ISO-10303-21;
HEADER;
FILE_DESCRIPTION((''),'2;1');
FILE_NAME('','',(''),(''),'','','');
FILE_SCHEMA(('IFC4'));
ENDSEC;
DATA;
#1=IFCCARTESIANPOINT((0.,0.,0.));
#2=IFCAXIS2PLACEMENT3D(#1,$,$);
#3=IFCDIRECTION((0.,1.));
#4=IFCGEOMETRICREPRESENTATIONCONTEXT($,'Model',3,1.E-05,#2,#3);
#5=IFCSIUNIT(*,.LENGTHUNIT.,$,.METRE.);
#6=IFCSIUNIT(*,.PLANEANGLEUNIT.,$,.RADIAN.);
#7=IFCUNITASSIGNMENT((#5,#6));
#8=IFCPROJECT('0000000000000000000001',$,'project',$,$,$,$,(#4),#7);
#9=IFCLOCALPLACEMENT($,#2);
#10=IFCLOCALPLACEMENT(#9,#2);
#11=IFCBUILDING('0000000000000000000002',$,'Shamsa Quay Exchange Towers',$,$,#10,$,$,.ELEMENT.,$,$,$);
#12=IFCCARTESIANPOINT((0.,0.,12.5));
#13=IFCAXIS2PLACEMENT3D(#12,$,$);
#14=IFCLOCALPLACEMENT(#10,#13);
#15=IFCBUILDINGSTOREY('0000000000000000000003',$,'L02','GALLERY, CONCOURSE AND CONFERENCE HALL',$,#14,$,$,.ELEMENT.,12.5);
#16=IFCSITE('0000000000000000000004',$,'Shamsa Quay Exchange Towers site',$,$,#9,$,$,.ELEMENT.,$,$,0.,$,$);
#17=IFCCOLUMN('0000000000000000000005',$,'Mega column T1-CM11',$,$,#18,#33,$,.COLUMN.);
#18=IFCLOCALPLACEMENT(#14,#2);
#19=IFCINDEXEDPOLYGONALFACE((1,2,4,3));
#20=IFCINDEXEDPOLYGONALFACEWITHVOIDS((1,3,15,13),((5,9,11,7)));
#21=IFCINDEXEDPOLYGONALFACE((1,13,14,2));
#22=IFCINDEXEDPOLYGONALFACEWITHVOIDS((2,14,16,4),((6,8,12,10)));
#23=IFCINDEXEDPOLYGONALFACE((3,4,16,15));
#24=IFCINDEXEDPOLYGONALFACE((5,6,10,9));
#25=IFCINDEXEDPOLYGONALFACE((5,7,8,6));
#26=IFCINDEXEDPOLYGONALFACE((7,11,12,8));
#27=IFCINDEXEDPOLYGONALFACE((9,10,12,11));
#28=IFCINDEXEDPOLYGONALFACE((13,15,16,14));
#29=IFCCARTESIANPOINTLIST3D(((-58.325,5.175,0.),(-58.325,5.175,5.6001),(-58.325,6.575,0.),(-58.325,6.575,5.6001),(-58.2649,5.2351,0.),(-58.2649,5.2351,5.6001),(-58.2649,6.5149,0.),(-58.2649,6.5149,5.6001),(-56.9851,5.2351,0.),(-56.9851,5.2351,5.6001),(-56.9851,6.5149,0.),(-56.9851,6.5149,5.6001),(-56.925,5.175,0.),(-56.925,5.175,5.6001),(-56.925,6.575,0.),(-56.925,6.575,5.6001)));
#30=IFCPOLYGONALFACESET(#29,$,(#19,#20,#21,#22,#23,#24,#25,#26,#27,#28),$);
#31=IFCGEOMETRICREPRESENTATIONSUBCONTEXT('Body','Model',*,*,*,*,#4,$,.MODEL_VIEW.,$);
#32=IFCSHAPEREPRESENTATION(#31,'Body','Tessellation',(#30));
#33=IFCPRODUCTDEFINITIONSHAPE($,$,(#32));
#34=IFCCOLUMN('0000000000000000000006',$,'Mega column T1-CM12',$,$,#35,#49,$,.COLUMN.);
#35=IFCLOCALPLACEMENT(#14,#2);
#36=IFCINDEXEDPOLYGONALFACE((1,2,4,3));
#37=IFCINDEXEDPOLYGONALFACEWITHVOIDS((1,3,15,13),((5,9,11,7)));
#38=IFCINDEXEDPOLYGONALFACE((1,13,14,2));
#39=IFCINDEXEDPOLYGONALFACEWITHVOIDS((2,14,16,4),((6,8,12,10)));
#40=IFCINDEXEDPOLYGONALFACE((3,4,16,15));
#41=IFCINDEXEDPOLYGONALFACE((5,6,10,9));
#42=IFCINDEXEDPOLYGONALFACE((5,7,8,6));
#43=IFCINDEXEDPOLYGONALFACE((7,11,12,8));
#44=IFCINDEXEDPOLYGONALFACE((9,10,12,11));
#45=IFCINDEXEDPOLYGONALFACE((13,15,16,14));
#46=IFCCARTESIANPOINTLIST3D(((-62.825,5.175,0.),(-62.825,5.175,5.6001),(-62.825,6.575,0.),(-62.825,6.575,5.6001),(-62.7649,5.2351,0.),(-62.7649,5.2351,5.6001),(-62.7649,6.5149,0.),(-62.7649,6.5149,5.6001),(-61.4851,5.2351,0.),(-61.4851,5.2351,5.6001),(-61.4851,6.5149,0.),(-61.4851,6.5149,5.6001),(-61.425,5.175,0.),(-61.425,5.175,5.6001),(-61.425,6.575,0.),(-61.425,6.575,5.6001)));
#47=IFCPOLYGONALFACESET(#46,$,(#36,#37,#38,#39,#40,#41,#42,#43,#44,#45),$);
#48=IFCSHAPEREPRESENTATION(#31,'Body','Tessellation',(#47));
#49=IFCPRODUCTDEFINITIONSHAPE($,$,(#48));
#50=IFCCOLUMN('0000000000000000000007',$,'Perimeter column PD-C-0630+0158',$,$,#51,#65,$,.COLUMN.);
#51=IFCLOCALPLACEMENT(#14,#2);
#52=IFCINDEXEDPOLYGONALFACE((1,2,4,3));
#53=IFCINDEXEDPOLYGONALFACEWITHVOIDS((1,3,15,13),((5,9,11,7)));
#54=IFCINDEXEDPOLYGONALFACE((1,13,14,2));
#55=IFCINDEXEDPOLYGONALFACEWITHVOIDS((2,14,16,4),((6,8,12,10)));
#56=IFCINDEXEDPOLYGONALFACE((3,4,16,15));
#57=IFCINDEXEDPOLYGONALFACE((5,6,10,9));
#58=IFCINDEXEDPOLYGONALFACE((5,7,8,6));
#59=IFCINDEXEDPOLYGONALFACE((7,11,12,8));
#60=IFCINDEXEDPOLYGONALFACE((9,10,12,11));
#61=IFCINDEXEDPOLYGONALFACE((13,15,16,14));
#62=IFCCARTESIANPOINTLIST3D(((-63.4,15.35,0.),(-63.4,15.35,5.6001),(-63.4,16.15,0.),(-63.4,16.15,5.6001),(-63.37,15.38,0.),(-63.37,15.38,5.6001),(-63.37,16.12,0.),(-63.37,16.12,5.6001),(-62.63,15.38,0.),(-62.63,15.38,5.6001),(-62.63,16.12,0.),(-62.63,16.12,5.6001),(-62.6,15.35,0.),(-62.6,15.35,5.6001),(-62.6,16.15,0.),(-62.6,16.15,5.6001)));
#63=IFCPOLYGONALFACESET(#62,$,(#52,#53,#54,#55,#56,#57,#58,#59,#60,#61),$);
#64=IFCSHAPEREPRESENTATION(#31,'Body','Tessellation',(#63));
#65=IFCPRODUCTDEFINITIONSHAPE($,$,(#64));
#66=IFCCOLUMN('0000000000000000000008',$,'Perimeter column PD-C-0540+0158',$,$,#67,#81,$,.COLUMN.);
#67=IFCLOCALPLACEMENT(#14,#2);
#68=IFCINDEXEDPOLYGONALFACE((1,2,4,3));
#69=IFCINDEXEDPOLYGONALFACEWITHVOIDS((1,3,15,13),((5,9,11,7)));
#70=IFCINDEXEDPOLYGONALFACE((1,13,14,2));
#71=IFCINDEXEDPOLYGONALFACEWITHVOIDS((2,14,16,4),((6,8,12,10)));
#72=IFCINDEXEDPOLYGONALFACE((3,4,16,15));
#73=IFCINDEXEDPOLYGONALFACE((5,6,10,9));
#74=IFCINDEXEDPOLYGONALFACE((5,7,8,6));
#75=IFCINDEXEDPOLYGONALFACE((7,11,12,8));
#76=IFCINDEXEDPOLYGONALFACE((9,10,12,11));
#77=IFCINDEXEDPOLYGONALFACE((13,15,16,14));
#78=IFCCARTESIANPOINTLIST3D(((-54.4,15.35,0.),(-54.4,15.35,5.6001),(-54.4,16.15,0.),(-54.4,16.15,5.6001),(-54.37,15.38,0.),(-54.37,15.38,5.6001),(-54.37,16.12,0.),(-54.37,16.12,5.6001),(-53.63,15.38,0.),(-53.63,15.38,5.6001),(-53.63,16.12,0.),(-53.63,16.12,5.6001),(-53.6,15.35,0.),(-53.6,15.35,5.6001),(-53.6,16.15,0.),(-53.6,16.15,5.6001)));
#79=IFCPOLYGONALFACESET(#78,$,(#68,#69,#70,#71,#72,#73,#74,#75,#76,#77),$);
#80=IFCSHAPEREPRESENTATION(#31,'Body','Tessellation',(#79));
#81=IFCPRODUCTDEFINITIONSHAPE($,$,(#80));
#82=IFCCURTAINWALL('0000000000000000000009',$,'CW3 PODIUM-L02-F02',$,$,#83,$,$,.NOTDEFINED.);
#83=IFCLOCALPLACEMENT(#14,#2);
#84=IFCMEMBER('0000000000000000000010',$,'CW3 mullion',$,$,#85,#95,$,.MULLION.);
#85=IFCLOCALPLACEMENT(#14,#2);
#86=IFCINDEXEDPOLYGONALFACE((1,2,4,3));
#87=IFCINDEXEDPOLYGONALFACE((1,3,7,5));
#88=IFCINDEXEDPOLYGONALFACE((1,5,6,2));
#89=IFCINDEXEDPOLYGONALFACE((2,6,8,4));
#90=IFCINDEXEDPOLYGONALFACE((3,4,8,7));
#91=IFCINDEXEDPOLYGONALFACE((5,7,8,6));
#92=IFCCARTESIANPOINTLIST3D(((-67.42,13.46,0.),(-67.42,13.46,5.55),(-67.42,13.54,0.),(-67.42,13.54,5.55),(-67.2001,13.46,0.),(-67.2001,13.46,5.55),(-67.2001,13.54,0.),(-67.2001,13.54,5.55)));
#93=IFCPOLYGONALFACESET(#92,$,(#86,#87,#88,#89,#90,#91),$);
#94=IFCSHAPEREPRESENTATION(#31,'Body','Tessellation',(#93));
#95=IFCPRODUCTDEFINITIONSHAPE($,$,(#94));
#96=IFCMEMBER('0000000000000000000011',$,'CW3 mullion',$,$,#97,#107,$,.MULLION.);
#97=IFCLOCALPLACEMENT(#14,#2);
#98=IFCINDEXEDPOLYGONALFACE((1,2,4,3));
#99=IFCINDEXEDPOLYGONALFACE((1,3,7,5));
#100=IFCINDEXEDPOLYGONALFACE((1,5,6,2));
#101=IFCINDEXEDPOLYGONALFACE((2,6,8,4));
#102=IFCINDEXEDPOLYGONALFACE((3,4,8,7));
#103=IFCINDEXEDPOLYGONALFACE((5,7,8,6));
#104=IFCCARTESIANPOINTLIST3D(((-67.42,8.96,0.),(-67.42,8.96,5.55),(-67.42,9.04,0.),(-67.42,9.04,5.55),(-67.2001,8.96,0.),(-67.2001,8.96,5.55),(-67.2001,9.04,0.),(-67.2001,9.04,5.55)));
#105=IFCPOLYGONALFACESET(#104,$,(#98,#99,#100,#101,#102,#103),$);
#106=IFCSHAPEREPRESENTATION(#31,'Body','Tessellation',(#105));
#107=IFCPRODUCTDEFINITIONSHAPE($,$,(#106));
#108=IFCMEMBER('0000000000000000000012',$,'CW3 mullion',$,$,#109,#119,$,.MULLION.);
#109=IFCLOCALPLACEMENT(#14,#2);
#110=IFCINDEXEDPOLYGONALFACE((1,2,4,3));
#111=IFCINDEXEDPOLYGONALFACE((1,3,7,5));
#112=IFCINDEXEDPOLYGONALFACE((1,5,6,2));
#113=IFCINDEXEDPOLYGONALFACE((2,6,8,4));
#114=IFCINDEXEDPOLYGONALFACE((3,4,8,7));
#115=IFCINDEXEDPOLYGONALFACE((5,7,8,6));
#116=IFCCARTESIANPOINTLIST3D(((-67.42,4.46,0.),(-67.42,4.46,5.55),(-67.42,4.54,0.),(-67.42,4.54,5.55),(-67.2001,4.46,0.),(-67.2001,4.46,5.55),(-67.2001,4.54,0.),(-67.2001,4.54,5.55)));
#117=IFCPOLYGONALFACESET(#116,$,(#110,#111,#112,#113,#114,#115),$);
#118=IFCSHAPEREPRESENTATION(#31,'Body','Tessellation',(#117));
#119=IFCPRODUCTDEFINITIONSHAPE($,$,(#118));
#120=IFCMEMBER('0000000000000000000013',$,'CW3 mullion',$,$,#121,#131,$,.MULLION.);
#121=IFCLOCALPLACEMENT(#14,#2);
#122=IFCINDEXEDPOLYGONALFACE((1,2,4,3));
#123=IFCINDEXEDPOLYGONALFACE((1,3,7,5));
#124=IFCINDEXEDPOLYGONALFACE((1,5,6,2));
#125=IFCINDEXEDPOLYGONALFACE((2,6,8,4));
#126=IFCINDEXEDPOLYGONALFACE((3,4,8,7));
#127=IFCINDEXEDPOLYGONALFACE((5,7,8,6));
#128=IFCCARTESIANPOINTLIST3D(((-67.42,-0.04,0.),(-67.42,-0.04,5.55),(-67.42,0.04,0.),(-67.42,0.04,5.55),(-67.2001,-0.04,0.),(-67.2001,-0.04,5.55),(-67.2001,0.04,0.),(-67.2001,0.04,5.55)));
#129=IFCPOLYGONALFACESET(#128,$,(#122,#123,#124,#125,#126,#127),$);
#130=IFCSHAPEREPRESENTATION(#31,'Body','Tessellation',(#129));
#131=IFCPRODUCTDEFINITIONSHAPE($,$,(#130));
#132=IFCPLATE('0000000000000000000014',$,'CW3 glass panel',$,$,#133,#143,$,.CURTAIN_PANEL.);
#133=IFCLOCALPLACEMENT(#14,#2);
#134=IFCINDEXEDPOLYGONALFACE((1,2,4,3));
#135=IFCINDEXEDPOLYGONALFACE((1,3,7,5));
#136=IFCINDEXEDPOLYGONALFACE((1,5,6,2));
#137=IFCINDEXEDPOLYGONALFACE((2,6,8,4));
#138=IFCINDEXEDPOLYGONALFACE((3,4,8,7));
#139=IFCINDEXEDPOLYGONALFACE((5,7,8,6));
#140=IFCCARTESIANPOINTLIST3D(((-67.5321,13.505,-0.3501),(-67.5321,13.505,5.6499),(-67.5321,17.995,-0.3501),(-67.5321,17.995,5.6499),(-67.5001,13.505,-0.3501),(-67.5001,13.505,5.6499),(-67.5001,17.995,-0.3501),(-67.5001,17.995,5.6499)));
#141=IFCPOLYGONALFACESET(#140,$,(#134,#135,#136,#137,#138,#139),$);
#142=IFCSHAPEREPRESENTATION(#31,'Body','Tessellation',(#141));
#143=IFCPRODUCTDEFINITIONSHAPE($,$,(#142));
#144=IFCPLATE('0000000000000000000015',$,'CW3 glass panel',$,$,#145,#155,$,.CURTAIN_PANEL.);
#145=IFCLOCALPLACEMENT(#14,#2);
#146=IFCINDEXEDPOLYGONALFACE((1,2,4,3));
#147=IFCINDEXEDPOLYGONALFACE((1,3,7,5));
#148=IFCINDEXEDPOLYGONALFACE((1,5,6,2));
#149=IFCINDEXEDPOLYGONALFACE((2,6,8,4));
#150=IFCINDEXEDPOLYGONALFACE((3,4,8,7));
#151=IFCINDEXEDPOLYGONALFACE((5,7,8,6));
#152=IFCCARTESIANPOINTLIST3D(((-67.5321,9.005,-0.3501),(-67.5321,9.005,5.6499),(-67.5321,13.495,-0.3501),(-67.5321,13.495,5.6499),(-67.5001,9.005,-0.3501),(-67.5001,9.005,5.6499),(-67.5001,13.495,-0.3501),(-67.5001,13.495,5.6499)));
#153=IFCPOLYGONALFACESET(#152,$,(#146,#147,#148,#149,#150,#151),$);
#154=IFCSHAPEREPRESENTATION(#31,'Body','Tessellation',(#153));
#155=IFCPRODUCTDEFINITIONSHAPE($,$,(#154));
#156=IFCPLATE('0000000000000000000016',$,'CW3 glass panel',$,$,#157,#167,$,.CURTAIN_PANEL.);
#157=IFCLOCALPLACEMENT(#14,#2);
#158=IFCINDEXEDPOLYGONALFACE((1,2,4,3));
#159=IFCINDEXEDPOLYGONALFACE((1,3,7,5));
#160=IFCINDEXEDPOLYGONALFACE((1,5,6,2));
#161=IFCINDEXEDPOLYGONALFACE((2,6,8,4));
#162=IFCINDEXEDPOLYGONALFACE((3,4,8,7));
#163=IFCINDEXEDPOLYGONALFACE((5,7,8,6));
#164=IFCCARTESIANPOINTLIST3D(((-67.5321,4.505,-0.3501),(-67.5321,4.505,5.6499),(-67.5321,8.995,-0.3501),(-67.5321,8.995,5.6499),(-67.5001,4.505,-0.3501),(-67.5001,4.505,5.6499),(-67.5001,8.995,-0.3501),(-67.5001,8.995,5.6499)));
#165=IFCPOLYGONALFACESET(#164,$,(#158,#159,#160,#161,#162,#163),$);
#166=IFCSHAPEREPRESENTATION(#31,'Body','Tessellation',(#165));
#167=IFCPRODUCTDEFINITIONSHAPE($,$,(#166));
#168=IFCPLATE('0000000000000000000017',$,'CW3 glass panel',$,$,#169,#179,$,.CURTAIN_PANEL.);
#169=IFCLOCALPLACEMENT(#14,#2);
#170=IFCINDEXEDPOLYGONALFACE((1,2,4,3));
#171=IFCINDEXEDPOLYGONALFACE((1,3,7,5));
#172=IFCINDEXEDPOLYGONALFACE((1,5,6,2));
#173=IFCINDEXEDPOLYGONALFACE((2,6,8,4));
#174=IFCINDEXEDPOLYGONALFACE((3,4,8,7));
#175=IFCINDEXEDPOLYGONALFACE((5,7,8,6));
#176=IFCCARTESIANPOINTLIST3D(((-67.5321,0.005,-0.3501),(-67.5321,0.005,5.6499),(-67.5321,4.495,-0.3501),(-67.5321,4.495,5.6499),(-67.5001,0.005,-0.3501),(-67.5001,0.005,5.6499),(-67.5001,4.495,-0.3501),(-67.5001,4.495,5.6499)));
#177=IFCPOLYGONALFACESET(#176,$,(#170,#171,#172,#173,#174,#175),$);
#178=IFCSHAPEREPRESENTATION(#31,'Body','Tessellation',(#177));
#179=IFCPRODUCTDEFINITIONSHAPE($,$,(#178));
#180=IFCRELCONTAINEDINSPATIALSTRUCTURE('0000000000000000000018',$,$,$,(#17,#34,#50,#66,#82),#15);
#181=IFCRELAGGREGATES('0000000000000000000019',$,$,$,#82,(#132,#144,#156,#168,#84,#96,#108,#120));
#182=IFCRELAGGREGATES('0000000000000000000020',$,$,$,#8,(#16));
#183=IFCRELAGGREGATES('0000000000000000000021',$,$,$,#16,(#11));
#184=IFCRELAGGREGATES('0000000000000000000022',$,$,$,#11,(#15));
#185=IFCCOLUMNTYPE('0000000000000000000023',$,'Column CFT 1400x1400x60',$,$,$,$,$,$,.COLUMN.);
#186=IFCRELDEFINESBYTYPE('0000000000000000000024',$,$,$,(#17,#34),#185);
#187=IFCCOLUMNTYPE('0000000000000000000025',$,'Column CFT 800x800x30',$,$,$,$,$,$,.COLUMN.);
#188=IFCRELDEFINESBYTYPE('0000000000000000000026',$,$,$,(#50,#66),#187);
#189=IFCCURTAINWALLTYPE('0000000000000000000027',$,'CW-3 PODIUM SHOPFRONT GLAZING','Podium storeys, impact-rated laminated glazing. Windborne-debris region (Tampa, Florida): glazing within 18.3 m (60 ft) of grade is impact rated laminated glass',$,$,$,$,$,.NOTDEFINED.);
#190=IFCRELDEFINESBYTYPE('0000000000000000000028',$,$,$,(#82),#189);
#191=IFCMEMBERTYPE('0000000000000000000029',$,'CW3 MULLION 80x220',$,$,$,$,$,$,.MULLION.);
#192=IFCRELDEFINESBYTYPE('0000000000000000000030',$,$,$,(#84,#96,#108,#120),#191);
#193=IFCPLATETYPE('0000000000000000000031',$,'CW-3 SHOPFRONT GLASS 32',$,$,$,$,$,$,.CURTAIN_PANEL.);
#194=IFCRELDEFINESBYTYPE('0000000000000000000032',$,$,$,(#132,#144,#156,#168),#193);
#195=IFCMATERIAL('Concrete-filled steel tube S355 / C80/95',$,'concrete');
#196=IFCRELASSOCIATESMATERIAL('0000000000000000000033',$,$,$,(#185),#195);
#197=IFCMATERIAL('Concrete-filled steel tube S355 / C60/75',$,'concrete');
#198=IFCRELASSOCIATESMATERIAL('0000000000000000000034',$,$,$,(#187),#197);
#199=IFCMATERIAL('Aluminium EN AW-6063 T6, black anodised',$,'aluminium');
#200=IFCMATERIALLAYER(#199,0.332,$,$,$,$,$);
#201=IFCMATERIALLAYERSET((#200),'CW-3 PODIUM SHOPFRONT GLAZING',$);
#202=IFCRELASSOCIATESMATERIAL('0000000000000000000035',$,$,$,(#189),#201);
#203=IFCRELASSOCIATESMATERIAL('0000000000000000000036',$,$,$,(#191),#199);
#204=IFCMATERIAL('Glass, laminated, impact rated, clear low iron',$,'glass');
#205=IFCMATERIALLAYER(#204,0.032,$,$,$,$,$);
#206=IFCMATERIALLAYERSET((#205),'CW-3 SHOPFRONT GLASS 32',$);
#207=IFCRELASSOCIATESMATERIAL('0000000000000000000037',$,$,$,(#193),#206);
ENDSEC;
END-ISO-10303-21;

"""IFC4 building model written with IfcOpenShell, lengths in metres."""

from ifc_helpers import new_model, si_unit, direction, frame, origin, origin_2d, place, context, subcontext, project, spatial, rectangle, hollow_rectangle, extrude, material, layer, layer_set, material_profile, profile_set, type_object, element, aggregate, save


model = new_model("IFC4")

# Units and contexts
model_context = context("Model", 3, precision=1e-05, world=origin(), true_north=direction((0.0, 1.0)))
body_context = subcontext(model_context, "Body", "Model", "MODEL_VIEW")
ifc_project = project(units=[si_unit("LENGTHUNIT", "METRE"), si_unit("PLANEANGLEUNIT", "RADIAN")], contexts=[model_context])

# Site, building, storey
site_placement = place(None, origin())
site = spatial("IfcSite", under=ifc_project, at=site_placement, Name="Shamsa Quay Exchange Towers site", CompositionType="ELEMENT", RefElevation=0.0)
building_placement = place(site_placement, origin())
building = spatial("IfcBuilding", under=site, at=building_placement, Name="Shamsa Quay Exchange Towers", CompositionType="ELEMENT")
storey_placement = place(building_placement, frame((0.0, 0.0, 12.5)))
storey = spatial("IfcBuildingStorey", under=building, at=storey_placement, Name="L02", Description="GALLERY, CONCOURSE AND CONFERENCE HALL", CompositionType="ELEMENT", Elevation=12.5)

# Columns
ifc_material_1 = material(Name="Concrete-filled steel tube S355 / C80/95", Category="concrete")
ifc_material_profile_1 = material_profile(ifc_material_1, hollow_rectangle(XDim=1.3999, YDim=1.3999, WallThickness=0.0601, at=origin_2d()), Name="CFT 1400x1400x60")
ifc_profile_set_1 = profile_set([ifc_material_profile_1], Name="Concrete-filled steel tube S355 / C80/95")
column_type_1 = type_object("IfcColumnType", Name="Column CFT 1400x1400x60", PredefinedType="COLUMN", material=ifc_profile_set_1)
for number, where, name in (
    (1, (-57.625, 5.875, 0.0), "Mega column T1-CM11"),
    (2, (-62.125, 5.875, 0.0), "Mega column T1-CM12"),
):
    element("IfcColumn", number, at=place(storey_placement, frame(where)), inside=storey, type_object=column_type_1, Name=name, PredefinedType="COLUMN", context=body_context, shape_type="SweptSolid", body=[
        extrude(hollow_rectangle(XDim=1.3999, YDim=1.3999, WallThickness=0.0601, at=origin_2d()), origin(), (0.0, 0.0, 1.0), 5.6001),
    ])
ifc_material_2 = material(Name="Concrete-filled steel tube S355 / C60/75", Category="concrete")
ifc_material_profile_2 = material_profile(ifc_material_2, hollow_rectangle(XDim=0.8, YDim=0.8, WallThickness=0.03, at=origin_2d()), Name="CFT 800x800x30")
ifc_profile_set_2 = profile_set([ifc_material_profile_2], Name="Concrete-filled steel tube S355 / C60/75")
column_type_2 = type_object("IfcColumnType", Name="Column CFT 800x800x30", PredefinedType="COLUMN", material=ifc_profile_set_2)
for number, where, name in (
    (3, (-63.0, 15.75, 0.0), "Perimeter column PD-C-0630+0158"),
    (4, (-54.0, 15.75, 0.0), "Perimeter column PD-C-0540+0158"),
):
    element("IfcColumn", number, at=place(storey_placement, frame(where)), inside=storey, type_object=column_type_2, Name=name, PredefinedType="COLUMN", context=body_context, shape_type="SweptSolid", body=[
        extrude(hollow_rectangle(XDim=0.8, YDim=0.8, WallThickness=0.03, at=origin_2d()), origin(), (0.0, 0.0, 1.0), 5.6001),
    ])

# Curtain wall, members, plates
ifc_material_3 = material(Name="Aluminium EN AW-6063 T6, black anodised", Category="aluminium")
ifc_layer_1 = layer(ifc_material_3, 0.332)
ifc_layer_set_1 = layer_set([ifc_layer_1], Name="CW-3 PODIUM SHOPFRONT GLAZING")
curtain_wall_type = type_object("IfcCurtainWallType", Name="CW-3 PODIUM SHOPFRONT GLAZING", Description="Podium storeys, impact-rated laminated glazing. Windborne-debris region (Tampa, Florida): glazing within 18.3 m (60 ft) of grade is impact rated laminated glass", PredefinedType="NOTDEFINED", material=ifc_layer_set_1)
curtain_wall_placement = place(storey_placement, origin())
curtain_wall = element("IfcCurtainWall", 5, at=curtain_wall_placement, inside=storey, type_object=curtain_wall_type, Name="CW3 PODIUM-L02-F02", PredefinedType="NOTDEFINED")
ifc_material_profile_3 = material_profile(ifc_material_3, rectangle(XDim=0.22, YDim=0.0801, at=origin_2d()), Name="MU80x220")
ifc_profile_set_3 = profile_set([ifc_material_profile_3], Name="Aluminium EN AW-6063 T6, black anodised")
member_type = type_object("IfcMemberType", Name="CW3 MULLION 80x220", PredefinedType="MULLION", material=ifc_profile_set_3)
member_1_placement = place(storey_placement, frame((-67.3101, 13.5, 0.0)))
member_1 = element("IfcMember", 6, at=member_1_placement, type_object=member_type, Name="CW3 mullion", PredefinedType="MULLION", context=body_context, shape_type="SweptSolid", body=[
    extrude(rectangle(XDim=0.22, YDim=0.0801, at=origin_2d()), origin(), (0.0, 0.0, 1.0), 5.55),
])
member_2_placement = place(storey_placement, frame((-67.3101, 9.0, 0.0)))
member_2 = element("IfcMember", 7, at=member_2_placement, type_object=member_type, Name="CW3 mullion", PredefinedType="MULLION", context=body_context, shape_type="SweptSolid", body=[
    extrude(rectangle(XDim=0.22, YDim=0.0801, at=origin_2d()), origin(), (0.0, 0.0, 1.0), 5.55),
])
member_3_placement = place(storey_placement, frame((-67.3101, 4.5, 0.0)))
member_3 = element("IfcMember", 8, at=member_3_placement, type_object=member_type, Name="CW3 mullion", PredefinedType="MULLION", context=body_context, shape_type="SweptSolid", body=[
    extrude(rectangle(XDim=0.22, YDim=0.0801, at=origin_2d()), origin(), (0.0, 0.0, 1.0), 5.55),
])
member_4_placement = place(storey_placement, frame((-67.3101, 0.0, 0.0)))
member_4 = element("IfcMember", 9, at=member_4_placement, type_object=member_type, Name="CW3 mullion", PredefinedType="MULLION", context=body_context, shape_type="SweptSolid", body=[
    extrude(rectangle(XDim=0.22, YDim=0.0801, at=origin_2d()), origin(), (0.0, 0.0, 1.0), 5.55),
])
ifc_material_4 = material(Name="Glass, laminated, impact rated, clear low iron", Category="glass")
ifc_layer_2 = layer(ifc_material_4, 0.032)
ifc_layer_set_2 = layer_set([ifc_layer_2], Name="CW-3 SHOPFRONT GLASS 32")
plate_type = type_object("IfcPlateType", Name="CW-3 SHOPFRONT GLASS 32", PredefinedType="CURTAIN_PANEL", material=ifc_layer_set_2)
plate_1_placement = place(storey_placement, frame((-67.5161, 15.75, -0.3501), z_axis=(0.0, 0.0, 1.0), x_axis=(0.0, -1.0, 0.0)))
plate_1 = element("IfcPlate", 10, at=plate_1_placement, type_object=plate_type, Name="CW3 glass panel", PredefinedType="CURTAIN_PANEL", context=body_context, shape_type="SweptSolid", body=[
    extrude(rectangle(XDim=4.49, YDim=0.032, at=origin_2d()), origin(), (0.0, 0.0, 1.0), 6.0),
])
plate_2_placement = place(storey_placement, frame((-67.5161, 11.25, -0.3501), z_axis=(0.0, 0.0, 1.0), x_axis=(0.0, -1.0, 0.0)))
plate_2 = element("IfcPlate", 11, at=plate_2_placement, type_object=plate_type, Name="CW3 glass panel", PredefinedType="CURTAIN_PANEL", context=body_context, shape_type="SweptSolid", body=[
    extrude(rectangle(XDim=4.49, YDim=0.032, at=origin_2d()), origin(), (0.0, 0.0, 1.0), 6.0),
])
plate_3_placement = place(storey_placement, frame((-67.5161, 6.75, -0.3501), z_axis=(0.0, 0.0, 1.0), x_axis=(0.0, -1.0, 0.0)))
plate_3 = element("IfcPlate", 12, at=plate_3_placement, type_object=plate_type, Name="CW3 glass panel", PredefinedType="CURTAIN_PANEL", context=body_context, shape_type="SweptSolid", body=[
    extrude(rectangle(XDim=4.49, YDim=0.032, at=origin_2d()), origin(), (0.0, 0.0, 1.0), 6.0),
])
plate_4_placement = place(storey_placement, frame((-67.5161, 2.25, -0.3501), z_axis=(0.0, 0.0, 1.0), x_axis=(0.0, -1.0, 0.0)))
plate_4 = element("IfcPlate", 13, at=plate_4_placement, type_object=plate_type, Name="CW3 glass panel", PredefinedType="CURTAIN_PANEL", context=body_context, shape_type="SweptSolid", body=[
    extrude(rectangle(XDim=4.49, YDim=0.032, at=origin_2d()), origin(), (0.0, 0.0, 1.0), 6.0),
])
aggregate(curtain_wall, [plate_1, plate_2, plate_3, plate_4, member_1, member_2, member_3, member_4])

save(model, "model.ifc")
